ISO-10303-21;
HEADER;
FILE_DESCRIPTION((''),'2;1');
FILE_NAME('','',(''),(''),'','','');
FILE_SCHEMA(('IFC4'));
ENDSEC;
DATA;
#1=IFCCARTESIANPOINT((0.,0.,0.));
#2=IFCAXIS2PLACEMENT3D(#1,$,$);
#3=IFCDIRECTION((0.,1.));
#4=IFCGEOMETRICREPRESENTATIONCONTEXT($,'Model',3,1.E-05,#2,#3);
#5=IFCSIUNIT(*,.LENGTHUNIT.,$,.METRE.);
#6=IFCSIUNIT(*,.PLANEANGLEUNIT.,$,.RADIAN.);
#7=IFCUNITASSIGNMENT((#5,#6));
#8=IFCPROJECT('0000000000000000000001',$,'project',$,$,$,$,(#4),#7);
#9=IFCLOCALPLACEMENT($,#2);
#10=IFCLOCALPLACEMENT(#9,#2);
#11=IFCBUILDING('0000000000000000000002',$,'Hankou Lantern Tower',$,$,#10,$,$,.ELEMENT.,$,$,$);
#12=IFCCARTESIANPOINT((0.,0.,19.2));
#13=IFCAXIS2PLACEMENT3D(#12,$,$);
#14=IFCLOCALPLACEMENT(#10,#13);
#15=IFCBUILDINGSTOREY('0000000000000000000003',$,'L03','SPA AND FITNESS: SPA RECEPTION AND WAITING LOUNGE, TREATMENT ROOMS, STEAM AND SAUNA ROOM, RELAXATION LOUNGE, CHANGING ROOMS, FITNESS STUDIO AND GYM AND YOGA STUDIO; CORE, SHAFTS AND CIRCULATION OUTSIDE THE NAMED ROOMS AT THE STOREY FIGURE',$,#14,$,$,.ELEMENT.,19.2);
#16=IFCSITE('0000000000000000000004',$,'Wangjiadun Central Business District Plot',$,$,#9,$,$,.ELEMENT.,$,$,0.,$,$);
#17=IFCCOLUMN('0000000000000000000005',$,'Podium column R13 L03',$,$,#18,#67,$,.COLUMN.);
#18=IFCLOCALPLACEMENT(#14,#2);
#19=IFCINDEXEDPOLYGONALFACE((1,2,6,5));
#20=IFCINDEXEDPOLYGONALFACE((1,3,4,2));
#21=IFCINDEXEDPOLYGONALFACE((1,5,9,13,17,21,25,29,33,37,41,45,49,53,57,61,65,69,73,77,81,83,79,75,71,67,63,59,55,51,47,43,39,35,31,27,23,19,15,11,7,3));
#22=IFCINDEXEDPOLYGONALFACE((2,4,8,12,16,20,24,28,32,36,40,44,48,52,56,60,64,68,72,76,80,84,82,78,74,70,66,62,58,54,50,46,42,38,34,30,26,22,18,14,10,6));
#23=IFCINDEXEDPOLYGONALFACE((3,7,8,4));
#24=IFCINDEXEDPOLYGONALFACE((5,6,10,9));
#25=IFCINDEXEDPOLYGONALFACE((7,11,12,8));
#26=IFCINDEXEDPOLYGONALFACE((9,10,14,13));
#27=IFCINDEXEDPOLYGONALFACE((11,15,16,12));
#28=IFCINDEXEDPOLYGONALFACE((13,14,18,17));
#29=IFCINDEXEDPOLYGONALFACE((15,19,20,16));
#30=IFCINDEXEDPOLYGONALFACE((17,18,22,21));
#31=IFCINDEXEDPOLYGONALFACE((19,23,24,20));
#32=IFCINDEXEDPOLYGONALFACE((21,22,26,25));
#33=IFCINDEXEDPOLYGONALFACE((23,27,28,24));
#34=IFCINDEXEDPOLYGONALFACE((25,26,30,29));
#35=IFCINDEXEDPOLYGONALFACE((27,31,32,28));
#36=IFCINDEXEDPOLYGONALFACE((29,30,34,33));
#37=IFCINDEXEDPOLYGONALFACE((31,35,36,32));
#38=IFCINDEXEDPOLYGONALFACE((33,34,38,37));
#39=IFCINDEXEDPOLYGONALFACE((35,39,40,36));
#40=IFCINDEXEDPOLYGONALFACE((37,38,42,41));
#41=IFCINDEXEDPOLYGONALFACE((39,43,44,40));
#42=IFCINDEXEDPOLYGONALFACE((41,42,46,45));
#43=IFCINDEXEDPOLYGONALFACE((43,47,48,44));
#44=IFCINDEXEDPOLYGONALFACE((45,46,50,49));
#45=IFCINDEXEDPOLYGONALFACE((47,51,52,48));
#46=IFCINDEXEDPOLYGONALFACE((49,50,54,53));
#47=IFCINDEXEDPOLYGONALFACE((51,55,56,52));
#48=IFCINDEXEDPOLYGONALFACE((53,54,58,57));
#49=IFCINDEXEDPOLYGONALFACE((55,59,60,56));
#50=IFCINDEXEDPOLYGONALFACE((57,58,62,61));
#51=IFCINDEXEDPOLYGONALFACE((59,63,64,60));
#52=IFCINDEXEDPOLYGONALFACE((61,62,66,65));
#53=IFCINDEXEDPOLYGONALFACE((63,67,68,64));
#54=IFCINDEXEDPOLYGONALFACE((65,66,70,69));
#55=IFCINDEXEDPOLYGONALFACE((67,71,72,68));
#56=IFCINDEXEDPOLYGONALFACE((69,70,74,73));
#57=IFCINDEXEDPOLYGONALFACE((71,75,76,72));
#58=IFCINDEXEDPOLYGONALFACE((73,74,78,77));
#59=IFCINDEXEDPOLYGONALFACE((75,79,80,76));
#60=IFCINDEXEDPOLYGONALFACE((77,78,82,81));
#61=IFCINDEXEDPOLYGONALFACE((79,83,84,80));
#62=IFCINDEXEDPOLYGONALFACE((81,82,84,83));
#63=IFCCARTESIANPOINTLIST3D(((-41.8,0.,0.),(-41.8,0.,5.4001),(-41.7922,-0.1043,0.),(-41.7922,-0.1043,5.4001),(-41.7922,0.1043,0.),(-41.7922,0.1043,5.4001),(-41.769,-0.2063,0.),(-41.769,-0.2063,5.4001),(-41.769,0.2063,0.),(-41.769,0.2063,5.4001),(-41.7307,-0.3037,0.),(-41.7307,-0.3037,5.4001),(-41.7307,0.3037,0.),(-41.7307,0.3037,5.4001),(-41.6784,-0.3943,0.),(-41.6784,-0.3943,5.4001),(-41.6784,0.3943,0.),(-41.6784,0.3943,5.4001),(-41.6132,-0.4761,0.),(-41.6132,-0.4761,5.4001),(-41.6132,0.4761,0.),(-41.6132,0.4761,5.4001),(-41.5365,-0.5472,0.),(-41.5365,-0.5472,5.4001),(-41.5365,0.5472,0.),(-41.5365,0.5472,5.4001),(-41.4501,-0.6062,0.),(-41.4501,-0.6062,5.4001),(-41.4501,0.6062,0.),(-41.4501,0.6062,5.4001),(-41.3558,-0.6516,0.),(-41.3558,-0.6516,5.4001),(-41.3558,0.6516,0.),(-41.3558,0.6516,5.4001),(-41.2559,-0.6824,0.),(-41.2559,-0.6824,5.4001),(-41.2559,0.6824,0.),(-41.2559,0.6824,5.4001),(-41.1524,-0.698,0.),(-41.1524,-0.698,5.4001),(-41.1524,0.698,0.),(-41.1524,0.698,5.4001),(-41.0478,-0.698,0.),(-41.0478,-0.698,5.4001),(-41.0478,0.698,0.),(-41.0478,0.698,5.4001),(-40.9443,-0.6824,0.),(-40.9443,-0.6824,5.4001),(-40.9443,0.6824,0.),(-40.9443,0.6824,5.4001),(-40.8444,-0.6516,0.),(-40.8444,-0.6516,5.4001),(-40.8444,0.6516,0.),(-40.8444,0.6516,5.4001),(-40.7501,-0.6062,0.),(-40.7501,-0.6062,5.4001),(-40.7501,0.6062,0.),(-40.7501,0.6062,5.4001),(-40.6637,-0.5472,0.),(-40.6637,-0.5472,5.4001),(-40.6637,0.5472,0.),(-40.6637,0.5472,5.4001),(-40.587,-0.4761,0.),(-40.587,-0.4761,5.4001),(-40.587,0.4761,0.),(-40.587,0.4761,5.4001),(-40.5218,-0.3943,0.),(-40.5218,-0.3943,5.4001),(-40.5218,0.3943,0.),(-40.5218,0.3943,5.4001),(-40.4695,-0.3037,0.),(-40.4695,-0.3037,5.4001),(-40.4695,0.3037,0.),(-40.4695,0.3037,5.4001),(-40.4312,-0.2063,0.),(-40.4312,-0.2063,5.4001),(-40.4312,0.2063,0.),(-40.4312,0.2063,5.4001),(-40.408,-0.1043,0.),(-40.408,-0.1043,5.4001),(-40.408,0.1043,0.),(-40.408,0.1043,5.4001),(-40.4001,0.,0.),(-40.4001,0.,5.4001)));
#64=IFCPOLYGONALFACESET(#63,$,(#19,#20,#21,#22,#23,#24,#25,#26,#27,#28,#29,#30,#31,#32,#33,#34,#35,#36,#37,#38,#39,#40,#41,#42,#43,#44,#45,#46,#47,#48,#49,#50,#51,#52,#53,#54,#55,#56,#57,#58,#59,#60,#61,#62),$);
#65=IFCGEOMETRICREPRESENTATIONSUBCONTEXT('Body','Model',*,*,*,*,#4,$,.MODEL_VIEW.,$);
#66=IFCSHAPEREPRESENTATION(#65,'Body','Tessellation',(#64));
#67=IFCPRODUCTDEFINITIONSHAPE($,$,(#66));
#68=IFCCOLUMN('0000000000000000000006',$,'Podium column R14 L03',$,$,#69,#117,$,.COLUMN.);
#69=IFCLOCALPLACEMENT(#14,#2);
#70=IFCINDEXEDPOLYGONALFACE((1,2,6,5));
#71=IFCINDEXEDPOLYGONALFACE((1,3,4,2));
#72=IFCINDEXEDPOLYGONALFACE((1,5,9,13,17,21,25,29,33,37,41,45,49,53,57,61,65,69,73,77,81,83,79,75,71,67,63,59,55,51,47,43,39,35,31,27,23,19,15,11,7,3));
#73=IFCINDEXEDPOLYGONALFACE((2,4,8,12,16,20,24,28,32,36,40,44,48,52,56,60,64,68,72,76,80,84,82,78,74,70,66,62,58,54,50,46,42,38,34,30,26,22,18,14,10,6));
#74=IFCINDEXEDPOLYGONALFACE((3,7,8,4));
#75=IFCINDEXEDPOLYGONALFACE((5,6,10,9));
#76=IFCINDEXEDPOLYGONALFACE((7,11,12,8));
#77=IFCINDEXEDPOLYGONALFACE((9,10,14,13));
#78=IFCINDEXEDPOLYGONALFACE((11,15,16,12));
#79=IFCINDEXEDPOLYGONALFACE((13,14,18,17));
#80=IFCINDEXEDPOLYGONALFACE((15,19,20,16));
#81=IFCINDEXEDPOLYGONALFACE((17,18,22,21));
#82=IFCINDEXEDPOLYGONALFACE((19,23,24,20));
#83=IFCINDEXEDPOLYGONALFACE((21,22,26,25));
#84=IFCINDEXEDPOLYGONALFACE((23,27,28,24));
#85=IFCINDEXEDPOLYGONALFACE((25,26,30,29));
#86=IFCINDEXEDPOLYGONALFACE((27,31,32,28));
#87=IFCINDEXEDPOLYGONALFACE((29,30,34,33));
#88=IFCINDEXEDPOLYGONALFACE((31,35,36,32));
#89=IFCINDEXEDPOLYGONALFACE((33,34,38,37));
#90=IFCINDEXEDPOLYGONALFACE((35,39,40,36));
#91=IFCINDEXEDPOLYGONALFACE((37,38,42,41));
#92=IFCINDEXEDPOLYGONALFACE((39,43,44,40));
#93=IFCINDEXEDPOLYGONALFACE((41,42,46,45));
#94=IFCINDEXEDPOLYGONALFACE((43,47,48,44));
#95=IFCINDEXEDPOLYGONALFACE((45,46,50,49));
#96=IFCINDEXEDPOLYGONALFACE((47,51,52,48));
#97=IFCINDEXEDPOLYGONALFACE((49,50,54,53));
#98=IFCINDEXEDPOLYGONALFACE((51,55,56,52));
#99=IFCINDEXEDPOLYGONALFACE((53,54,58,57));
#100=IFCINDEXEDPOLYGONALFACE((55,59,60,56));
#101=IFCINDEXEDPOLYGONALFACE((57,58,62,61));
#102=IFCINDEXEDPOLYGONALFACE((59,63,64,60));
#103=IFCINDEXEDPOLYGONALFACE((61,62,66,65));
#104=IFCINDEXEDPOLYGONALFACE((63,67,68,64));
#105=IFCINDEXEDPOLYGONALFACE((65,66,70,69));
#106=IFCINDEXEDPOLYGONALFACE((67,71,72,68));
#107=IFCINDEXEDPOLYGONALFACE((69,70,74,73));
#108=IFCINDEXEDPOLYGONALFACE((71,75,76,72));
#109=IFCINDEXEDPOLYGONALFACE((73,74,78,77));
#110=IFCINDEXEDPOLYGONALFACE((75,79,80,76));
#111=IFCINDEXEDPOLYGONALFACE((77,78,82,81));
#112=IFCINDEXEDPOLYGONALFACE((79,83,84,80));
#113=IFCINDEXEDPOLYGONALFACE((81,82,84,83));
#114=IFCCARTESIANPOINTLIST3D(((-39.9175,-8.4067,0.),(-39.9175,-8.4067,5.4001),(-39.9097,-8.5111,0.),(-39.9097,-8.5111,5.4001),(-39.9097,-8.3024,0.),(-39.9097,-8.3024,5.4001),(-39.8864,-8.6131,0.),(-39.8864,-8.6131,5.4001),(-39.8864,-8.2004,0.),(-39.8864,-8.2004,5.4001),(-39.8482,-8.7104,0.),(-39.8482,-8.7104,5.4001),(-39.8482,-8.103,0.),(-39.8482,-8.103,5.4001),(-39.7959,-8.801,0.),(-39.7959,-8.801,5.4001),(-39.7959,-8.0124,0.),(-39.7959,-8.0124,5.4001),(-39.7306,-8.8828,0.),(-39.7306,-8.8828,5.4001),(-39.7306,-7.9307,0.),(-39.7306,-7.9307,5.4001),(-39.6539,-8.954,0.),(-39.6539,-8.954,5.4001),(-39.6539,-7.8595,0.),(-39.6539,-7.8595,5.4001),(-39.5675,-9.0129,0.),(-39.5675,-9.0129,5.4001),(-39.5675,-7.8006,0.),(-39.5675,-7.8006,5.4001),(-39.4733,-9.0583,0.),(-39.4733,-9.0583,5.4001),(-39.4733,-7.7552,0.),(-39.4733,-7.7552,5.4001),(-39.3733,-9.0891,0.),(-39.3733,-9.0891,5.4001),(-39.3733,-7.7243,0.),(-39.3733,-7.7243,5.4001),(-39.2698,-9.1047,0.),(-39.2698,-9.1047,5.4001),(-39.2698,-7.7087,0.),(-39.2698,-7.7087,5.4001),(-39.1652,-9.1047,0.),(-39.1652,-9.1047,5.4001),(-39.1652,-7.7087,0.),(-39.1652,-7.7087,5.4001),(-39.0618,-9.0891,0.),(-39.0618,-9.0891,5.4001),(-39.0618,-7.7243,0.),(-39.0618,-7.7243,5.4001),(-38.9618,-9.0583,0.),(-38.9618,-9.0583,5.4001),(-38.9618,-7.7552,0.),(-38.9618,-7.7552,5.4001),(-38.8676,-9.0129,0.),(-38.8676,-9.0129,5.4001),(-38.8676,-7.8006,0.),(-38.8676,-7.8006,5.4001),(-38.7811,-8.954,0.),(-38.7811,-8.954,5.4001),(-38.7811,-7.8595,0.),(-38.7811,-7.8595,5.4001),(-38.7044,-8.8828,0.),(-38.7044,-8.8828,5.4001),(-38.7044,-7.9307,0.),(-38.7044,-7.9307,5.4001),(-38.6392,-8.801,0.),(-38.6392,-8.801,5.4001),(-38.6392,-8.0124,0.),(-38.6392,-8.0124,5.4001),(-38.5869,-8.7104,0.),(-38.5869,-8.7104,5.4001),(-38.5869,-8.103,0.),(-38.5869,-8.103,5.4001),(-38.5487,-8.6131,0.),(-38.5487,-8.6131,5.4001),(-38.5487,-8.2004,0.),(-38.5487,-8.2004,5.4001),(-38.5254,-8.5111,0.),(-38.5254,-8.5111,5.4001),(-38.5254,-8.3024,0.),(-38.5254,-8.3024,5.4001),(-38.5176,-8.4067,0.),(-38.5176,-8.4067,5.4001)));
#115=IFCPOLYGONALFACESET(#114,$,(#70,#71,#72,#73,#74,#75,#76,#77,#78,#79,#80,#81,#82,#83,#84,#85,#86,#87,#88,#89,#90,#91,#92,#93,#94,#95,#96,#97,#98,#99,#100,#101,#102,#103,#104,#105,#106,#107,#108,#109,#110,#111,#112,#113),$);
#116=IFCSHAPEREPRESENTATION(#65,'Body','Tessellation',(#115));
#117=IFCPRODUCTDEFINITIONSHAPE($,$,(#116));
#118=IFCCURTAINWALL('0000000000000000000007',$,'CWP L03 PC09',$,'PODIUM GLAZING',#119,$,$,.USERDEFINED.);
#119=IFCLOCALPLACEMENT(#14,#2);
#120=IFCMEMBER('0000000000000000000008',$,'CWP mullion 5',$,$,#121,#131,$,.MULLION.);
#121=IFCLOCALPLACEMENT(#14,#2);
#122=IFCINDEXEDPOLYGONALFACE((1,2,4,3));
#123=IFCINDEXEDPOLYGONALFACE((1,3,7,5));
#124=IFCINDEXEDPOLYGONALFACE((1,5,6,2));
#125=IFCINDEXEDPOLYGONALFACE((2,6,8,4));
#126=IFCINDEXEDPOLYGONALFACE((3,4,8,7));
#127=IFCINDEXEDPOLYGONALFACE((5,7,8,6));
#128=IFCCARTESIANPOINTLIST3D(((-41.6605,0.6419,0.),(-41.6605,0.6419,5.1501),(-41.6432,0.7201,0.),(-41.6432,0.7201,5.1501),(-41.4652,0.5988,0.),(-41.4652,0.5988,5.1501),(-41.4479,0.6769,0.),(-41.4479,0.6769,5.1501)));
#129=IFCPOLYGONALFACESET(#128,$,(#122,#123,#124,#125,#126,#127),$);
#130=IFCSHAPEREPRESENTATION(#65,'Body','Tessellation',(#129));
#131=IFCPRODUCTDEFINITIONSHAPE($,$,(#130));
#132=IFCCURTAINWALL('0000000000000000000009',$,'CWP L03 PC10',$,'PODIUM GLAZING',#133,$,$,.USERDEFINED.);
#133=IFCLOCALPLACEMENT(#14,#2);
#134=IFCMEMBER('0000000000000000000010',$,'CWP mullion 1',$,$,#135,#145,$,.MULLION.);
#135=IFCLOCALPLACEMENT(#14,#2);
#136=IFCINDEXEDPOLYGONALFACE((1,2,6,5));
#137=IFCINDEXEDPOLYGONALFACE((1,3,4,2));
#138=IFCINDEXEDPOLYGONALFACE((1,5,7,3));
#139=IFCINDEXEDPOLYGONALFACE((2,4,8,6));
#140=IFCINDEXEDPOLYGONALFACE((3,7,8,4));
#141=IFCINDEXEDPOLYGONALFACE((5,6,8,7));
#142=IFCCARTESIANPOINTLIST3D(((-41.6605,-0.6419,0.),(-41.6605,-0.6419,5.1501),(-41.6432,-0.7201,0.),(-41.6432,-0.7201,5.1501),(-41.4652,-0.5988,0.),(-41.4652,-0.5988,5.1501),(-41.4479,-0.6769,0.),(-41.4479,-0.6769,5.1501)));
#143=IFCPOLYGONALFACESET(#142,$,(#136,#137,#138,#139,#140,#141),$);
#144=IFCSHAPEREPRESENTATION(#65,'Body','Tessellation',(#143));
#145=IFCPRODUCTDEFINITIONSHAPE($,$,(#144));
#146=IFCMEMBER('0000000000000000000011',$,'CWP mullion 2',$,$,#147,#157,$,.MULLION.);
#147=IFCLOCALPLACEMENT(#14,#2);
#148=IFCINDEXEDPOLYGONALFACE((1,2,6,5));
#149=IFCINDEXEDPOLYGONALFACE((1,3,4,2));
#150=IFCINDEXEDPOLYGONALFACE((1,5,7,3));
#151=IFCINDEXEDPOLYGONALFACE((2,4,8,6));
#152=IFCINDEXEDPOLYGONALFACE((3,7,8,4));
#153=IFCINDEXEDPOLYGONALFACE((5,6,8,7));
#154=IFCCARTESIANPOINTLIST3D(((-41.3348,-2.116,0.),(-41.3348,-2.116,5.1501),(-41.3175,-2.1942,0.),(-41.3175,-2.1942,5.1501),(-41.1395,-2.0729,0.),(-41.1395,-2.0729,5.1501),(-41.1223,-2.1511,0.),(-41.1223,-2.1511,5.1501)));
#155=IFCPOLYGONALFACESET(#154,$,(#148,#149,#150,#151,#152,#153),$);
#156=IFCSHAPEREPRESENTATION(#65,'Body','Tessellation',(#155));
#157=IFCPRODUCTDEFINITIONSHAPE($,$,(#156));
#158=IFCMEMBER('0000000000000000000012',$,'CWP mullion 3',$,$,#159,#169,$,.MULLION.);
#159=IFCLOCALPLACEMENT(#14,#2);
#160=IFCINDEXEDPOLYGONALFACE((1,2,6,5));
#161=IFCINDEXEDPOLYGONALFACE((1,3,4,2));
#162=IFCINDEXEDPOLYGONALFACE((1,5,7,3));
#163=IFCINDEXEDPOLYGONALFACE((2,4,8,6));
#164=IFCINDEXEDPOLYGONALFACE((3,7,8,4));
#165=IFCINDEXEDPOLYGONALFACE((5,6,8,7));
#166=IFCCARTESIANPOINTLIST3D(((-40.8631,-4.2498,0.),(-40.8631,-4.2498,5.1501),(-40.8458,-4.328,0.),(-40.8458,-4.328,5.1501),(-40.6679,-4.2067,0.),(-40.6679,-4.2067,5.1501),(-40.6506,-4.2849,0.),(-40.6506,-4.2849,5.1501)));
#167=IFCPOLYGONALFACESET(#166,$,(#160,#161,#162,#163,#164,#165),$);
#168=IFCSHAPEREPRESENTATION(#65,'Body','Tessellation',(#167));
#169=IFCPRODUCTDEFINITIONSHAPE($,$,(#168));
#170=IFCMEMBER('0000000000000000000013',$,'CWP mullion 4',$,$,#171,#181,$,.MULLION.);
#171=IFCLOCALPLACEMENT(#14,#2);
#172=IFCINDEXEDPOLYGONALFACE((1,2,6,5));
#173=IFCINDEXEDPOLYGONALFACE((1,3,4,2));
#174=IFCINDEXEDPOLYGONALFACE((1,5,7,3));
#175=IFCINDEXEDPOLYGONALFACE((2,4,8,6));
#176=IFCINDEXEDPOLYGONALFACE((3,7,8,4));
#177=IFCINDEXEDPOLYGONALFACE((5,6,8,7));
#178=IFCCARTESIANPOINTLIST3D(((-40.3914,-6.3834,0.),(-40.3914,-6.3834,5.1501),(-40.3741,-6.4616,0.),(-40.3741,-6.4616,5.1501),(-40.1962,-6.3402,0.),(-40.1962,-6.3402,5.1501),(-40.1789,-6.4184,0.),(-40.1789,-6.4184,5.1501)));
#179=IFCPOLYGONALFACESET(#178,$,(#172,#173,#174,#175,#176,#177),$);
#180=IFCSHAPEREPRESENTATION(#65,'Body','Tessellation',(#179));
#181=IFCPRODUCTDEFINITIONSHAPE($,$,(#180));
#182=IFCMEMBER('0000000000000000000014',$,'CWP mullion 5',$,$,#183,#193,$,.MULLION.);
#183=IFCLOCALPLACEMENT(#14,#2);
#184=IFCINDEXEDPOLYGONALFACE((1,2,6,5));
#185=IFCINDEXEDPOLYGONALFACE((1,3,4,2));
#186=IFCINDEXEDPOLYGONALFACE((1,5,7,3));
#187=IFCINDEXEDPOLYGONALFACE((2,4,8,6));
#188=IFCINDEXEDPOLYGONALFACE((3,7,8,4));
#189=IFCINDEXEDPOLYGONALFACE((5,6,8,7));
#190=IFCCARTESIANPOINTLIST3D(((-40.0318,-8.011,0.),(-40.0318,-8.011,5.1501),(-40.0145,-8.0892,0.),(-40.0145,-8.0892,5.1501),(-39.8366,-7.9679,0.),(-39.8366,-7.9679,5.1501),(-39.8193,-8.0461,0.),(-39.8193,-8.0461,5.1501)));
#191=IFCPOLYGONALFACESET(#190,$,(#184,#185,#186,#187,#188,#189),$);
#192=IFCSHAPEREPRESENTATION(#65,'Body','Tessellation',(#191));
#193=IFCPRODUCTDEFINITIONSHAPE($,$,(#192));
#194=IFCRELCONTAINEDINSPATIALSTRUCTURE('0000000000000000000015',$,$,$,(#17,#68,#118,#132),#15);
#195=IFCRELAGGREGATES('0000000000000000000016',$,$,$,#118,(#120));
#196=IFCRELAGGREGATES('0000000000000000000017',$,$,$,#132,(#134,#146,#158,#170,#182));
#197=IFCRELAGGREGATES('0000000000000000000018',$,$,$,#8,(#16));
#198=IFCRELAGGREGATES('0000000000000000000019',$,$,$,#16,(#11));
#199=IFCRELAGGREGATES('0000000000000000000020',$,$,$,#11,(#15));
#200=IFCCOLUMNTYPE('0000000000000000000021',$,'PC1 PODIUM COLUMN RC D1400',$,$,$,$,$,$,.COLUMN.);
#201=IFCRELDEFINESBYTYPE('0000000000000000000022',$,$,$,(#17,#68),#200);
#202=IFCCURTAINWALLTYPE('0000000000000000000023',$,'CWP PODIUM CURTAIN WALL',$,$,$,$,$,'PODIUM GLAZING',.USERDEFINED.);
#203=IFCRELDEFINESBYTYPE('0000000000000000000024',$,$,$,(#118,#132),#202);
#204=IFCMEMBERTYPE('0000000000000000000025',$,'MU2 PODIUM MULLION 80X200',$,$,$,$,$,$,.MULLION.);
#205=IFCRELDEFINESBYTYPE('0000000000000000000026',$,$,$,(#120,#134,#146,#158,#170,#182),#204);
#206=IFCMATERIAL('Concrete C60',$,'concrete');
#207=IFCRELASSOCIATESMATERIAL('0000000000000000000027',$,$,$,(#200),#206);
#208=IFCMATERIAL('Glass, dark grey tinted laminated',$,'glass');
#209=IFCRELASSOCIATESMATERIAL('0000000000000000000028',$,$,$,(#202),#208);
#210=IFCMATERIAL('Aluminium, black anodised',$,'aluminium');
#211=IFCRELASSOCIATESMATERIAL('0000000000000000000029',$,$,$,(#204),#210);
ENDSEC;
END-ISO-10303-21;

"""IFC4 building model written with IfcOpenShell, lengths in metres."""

from ifc_helpers import new_model, si_unit, direction, frame, origin, origin_2d, place, context, subcontext, project, spatial, rectangle, circle, extrude, material, material_profile, profile_set, type_object, element, aggregate, save


model = new_model("IFC4")

# Units and contexts
model_context = context("Model", 3, precision=1e-05, world=origin(), true_north=direction((0.0, 1.0)))
body_context = subcontext(model_context, "Body", "Model", "MODEL_VIEW")
ifc_project = project(units=[si_unit("LENGTHUNIT", "METRE"), si_unit("PLANEANGLEUNIT", "RADIAN")], contexts=[model_context])

# Site, building, storey
site_placement = place(None, origin())
site = spatial("IfcSite", under=ifc_project, at=site_placement, Name="Wangjiadun Central Business District Plot", CompositionType="ELEMENT", RefElevation=0.0)
building_placement = place(site_placement, origin())
building = spatial("IfcBuilding", under=site, at=building_placement, Name="Hankou Lantern Tower", CompositionType="ELEMENT")
storey_placement = place(building_placement, frame((0.0, 0.0, 19.2)))
storey = spatial("IfcBuildingStorey", under=building, at=storey_placement, Name="L03", Description="SPA AND FITNESS: SPA RECEPTION AND WAITING LOUNGE, TREATMENT ROOMS, STEAM AND SAUNA ROOM, RELAXATION LOUNGE, CHANGING ROOMS, FITNESS STUDIO AND GYM AND YOGA STUDIO; CORE, SHAFTS AND CIRCULATION OUTSIDE THE NAMED ROOMS AT THE STOREY FIGURE", CompositionType="ELEMENT", Elevation=19.2)

# Columns
ifc_material_1 = material(Name="Concrete C60", Category="concrete")
ifc_material_profile_1 = material_profile(ifc_material_1, circle(Radius=0.7, at=origin_2d()), Name="RC D1400")
ifc_profile_set_1 = profile_set([ifc_material_profile_1], Name="Concrete C60")
column_type = type_object("IfcColumnType", Name="PC1 PODIUM COLUMN RC D1400", PredefinedType="COLUMN", material=ifc_profile_set_1)
for number, where, z_axis, x_axis, name in (
    (1, (-41.1001, 0.0, 0.0), (0.0, 0.0, 1.0), (1.0, 0.0, 0.0), "Podium column R13 L03"),
    (2, (-39.2175, -8.4067, 0.0), (0.0, 0.0, 1.0), (1.0, 0.0, 0.0), "Podium column R14 L03"),
):
    element("IfcColumn", number, at=place(storey_placement, frame(where, z_axis=z_axis, x_axis=x_axis)), inside=storey, type_object=column_type, Name=name, PredefinedType="COLUMN", context=body_context, shape_type="SweptSolid", body=[
        extrude(circle(Radius=0.7, at=origin_2d()), origin(), (0.0, 0.0, 1.0), 5.4001),
    ])

# Curtain wall, member
ifc_material_2 = material(Name="Glass, dark grey tinted laminated", Category="glass")
curtain_wall_type = type_object("IfcCurtainWallType", Name="CWP PODIUM CURTAIN WALL", ElementType="PODIUM GLAZING", PredefinedType="USERDEFINED", material=ifc_material_2)
curtain_wall_1_placement = place(storey_placement, origin())
curtain_wall_1 = element("IfcCurtainWall", 3, at=curtain_wall_1_placement, inside=storey, type_object=curtain_wall_type, Name="CWP L03 PC09", ObjectType="PODIUM GLAZING", PredefinedType="USERDEFINED")
ifc_material_3 = material(Name="Aluminium, black anodised", Category="aluminium")
ifc_material_profile_2 = material_profile(ifc_material_3, rectangle(XDim=0.0801, YDim=0.2, at=origin_2d()), Name="MU2 80X200")
ifc_profile_set_2 = profile_set([ifc_material_profile_2], Name="Aluminium, black anodised")
member_type_1 = type_object("IfcMemberType", Name="MU2 PODIUM MULLION 80X200", PredefinedType="MULLION", material=ifc_profile_set_2)
member_1_placement = place(storey_placement, frame((-41.5542, 0.6594, 0.0), z_axis=(0.0, 0.0, 1.0), x_axis=(-0.215821, -0.976433, 0.0)))
member_1 = element("IfcMember", 4, at=member_1_placement, type_object=member_type_1, Name="CWP mullion 5", PredefinedType="MULLION", context=body_context, shape_type="SweptSolid", body=[
    extrude(rectangle(XDim=0.0801, YDim=0.2, at=origin_2d()), origin(), (0.0, 0.0, 1.0), 5.1501),
])

# Curtain wall, members
curtain_wall_2_placement = place(storey_placement, origin())
curtain_wall_2 = element("IfcCurtainWall", 5, at=curtain_wall_2_placement, inside=storey, type_object=curtain_wall_type, Name="CWP L03 PC10", ObjectType="PODIUM GLAZING", PredefinedType="USERDEFINED")
member_2_placement = place(storey_placement, frame((-41.5542, -0.6594, 0.0), z_axis=(0.0, 0.0, 1.0), x_axis=(0.215821, -0.976433, 0.0)))
member_2 = element("IfcMember", 6, at=member_2_placement, type_object=member_type_1, Name="CWP mullion 1", PredefinedType="MULLION", context=body_context, shape_type="SweptSolid", body=[
    extrude(rectangle(XDim=0.0801, YDim=0.2, at=origin_2d()), origin(), (0.0, 0.0, 1.0), 5.1501),
])
member_3_placement = place(storey_placement, frame((-41.2285, -2.1335, 0.0), z_axis=(0.0, 0.0, 1.0), x_axis=(0.215821, -0.976433, 0.0)))
member_3 = element("IfcMember", 7, at=member_3_placement, type_object=member_type_1, Name="CWP mullion 2", PredefinedType="MULLION", context=body_context, shape_type="SweptSolid", body=[
    extrude(rectangle(XDim=0.0801, YDim=0.2, at=origin_2d()), origin(), (0.0, 0.0, 1.0), 5.1501),
])
member_4_placement = place(storey_placement, frame((-40.7568, -4.2673, 0.0), z_axis=(0.0, 0.0, 1.0), x_axis=(0.215821, -0.976433, 0.0)))
member_4 = element("IfcMember", 8, at=member_4_placement, type_object=member_type_1, Name="CWP mullion 3", PredefinedType="MULLION", context=body_context, shape_type="SweptSolid", body=[
    extrude(rectangle(XDim=0.0801, YDim=0.2, at=origin_2d()), origin(), (0.0, 0.0, 1.0), 5.1501),
])
member_5_placement = place(storey_placement, frame((-40.2852, -6.4009, 0.0), z_axis=(0.0, 0.0, 1.0), x_axis=(0.215821, -0.976433, 0.0)))
member_5 = element("IfcMember", 9, at=member_5_placement, type_object=member_type_1, Name="CWP mullion 4", PredefinedType="MULLION", context=body_context, shape_type="SweptSolid", body=[
    extrude(rectangle(XDim=0.0801, YDim=0.2, at=origin_2d()), origin(), (0.0, 0.0, 1.0), 5.1501),
])
member_6_placement = place(storey_placement, frame((-39.9255, -8.0286, 0.0), z_axis=(0.0, 0.0, 1.0), x_axis=(0.215821, -0.976433, 0.0)))
member_6 = element("IfcMember", 10, at=member_6_placement, type_object=member_type_1, Name="CWP mullion 5", PredefinedType="MULLION", context=body_context, shape_type="SweptSolid", body=[
    extrude(rectangle(XDim=0.0801, YDim=0.2, at=origin_2d()), origin(), (0.0, 0.0, 1.0), 5.1501),
])

aggregate(curtain_wall_1, [member_1])
aggregate(curtain_wall_2, [member_2, member_3, member_4, member_5, member_6])

save(model, "model.ifc")
